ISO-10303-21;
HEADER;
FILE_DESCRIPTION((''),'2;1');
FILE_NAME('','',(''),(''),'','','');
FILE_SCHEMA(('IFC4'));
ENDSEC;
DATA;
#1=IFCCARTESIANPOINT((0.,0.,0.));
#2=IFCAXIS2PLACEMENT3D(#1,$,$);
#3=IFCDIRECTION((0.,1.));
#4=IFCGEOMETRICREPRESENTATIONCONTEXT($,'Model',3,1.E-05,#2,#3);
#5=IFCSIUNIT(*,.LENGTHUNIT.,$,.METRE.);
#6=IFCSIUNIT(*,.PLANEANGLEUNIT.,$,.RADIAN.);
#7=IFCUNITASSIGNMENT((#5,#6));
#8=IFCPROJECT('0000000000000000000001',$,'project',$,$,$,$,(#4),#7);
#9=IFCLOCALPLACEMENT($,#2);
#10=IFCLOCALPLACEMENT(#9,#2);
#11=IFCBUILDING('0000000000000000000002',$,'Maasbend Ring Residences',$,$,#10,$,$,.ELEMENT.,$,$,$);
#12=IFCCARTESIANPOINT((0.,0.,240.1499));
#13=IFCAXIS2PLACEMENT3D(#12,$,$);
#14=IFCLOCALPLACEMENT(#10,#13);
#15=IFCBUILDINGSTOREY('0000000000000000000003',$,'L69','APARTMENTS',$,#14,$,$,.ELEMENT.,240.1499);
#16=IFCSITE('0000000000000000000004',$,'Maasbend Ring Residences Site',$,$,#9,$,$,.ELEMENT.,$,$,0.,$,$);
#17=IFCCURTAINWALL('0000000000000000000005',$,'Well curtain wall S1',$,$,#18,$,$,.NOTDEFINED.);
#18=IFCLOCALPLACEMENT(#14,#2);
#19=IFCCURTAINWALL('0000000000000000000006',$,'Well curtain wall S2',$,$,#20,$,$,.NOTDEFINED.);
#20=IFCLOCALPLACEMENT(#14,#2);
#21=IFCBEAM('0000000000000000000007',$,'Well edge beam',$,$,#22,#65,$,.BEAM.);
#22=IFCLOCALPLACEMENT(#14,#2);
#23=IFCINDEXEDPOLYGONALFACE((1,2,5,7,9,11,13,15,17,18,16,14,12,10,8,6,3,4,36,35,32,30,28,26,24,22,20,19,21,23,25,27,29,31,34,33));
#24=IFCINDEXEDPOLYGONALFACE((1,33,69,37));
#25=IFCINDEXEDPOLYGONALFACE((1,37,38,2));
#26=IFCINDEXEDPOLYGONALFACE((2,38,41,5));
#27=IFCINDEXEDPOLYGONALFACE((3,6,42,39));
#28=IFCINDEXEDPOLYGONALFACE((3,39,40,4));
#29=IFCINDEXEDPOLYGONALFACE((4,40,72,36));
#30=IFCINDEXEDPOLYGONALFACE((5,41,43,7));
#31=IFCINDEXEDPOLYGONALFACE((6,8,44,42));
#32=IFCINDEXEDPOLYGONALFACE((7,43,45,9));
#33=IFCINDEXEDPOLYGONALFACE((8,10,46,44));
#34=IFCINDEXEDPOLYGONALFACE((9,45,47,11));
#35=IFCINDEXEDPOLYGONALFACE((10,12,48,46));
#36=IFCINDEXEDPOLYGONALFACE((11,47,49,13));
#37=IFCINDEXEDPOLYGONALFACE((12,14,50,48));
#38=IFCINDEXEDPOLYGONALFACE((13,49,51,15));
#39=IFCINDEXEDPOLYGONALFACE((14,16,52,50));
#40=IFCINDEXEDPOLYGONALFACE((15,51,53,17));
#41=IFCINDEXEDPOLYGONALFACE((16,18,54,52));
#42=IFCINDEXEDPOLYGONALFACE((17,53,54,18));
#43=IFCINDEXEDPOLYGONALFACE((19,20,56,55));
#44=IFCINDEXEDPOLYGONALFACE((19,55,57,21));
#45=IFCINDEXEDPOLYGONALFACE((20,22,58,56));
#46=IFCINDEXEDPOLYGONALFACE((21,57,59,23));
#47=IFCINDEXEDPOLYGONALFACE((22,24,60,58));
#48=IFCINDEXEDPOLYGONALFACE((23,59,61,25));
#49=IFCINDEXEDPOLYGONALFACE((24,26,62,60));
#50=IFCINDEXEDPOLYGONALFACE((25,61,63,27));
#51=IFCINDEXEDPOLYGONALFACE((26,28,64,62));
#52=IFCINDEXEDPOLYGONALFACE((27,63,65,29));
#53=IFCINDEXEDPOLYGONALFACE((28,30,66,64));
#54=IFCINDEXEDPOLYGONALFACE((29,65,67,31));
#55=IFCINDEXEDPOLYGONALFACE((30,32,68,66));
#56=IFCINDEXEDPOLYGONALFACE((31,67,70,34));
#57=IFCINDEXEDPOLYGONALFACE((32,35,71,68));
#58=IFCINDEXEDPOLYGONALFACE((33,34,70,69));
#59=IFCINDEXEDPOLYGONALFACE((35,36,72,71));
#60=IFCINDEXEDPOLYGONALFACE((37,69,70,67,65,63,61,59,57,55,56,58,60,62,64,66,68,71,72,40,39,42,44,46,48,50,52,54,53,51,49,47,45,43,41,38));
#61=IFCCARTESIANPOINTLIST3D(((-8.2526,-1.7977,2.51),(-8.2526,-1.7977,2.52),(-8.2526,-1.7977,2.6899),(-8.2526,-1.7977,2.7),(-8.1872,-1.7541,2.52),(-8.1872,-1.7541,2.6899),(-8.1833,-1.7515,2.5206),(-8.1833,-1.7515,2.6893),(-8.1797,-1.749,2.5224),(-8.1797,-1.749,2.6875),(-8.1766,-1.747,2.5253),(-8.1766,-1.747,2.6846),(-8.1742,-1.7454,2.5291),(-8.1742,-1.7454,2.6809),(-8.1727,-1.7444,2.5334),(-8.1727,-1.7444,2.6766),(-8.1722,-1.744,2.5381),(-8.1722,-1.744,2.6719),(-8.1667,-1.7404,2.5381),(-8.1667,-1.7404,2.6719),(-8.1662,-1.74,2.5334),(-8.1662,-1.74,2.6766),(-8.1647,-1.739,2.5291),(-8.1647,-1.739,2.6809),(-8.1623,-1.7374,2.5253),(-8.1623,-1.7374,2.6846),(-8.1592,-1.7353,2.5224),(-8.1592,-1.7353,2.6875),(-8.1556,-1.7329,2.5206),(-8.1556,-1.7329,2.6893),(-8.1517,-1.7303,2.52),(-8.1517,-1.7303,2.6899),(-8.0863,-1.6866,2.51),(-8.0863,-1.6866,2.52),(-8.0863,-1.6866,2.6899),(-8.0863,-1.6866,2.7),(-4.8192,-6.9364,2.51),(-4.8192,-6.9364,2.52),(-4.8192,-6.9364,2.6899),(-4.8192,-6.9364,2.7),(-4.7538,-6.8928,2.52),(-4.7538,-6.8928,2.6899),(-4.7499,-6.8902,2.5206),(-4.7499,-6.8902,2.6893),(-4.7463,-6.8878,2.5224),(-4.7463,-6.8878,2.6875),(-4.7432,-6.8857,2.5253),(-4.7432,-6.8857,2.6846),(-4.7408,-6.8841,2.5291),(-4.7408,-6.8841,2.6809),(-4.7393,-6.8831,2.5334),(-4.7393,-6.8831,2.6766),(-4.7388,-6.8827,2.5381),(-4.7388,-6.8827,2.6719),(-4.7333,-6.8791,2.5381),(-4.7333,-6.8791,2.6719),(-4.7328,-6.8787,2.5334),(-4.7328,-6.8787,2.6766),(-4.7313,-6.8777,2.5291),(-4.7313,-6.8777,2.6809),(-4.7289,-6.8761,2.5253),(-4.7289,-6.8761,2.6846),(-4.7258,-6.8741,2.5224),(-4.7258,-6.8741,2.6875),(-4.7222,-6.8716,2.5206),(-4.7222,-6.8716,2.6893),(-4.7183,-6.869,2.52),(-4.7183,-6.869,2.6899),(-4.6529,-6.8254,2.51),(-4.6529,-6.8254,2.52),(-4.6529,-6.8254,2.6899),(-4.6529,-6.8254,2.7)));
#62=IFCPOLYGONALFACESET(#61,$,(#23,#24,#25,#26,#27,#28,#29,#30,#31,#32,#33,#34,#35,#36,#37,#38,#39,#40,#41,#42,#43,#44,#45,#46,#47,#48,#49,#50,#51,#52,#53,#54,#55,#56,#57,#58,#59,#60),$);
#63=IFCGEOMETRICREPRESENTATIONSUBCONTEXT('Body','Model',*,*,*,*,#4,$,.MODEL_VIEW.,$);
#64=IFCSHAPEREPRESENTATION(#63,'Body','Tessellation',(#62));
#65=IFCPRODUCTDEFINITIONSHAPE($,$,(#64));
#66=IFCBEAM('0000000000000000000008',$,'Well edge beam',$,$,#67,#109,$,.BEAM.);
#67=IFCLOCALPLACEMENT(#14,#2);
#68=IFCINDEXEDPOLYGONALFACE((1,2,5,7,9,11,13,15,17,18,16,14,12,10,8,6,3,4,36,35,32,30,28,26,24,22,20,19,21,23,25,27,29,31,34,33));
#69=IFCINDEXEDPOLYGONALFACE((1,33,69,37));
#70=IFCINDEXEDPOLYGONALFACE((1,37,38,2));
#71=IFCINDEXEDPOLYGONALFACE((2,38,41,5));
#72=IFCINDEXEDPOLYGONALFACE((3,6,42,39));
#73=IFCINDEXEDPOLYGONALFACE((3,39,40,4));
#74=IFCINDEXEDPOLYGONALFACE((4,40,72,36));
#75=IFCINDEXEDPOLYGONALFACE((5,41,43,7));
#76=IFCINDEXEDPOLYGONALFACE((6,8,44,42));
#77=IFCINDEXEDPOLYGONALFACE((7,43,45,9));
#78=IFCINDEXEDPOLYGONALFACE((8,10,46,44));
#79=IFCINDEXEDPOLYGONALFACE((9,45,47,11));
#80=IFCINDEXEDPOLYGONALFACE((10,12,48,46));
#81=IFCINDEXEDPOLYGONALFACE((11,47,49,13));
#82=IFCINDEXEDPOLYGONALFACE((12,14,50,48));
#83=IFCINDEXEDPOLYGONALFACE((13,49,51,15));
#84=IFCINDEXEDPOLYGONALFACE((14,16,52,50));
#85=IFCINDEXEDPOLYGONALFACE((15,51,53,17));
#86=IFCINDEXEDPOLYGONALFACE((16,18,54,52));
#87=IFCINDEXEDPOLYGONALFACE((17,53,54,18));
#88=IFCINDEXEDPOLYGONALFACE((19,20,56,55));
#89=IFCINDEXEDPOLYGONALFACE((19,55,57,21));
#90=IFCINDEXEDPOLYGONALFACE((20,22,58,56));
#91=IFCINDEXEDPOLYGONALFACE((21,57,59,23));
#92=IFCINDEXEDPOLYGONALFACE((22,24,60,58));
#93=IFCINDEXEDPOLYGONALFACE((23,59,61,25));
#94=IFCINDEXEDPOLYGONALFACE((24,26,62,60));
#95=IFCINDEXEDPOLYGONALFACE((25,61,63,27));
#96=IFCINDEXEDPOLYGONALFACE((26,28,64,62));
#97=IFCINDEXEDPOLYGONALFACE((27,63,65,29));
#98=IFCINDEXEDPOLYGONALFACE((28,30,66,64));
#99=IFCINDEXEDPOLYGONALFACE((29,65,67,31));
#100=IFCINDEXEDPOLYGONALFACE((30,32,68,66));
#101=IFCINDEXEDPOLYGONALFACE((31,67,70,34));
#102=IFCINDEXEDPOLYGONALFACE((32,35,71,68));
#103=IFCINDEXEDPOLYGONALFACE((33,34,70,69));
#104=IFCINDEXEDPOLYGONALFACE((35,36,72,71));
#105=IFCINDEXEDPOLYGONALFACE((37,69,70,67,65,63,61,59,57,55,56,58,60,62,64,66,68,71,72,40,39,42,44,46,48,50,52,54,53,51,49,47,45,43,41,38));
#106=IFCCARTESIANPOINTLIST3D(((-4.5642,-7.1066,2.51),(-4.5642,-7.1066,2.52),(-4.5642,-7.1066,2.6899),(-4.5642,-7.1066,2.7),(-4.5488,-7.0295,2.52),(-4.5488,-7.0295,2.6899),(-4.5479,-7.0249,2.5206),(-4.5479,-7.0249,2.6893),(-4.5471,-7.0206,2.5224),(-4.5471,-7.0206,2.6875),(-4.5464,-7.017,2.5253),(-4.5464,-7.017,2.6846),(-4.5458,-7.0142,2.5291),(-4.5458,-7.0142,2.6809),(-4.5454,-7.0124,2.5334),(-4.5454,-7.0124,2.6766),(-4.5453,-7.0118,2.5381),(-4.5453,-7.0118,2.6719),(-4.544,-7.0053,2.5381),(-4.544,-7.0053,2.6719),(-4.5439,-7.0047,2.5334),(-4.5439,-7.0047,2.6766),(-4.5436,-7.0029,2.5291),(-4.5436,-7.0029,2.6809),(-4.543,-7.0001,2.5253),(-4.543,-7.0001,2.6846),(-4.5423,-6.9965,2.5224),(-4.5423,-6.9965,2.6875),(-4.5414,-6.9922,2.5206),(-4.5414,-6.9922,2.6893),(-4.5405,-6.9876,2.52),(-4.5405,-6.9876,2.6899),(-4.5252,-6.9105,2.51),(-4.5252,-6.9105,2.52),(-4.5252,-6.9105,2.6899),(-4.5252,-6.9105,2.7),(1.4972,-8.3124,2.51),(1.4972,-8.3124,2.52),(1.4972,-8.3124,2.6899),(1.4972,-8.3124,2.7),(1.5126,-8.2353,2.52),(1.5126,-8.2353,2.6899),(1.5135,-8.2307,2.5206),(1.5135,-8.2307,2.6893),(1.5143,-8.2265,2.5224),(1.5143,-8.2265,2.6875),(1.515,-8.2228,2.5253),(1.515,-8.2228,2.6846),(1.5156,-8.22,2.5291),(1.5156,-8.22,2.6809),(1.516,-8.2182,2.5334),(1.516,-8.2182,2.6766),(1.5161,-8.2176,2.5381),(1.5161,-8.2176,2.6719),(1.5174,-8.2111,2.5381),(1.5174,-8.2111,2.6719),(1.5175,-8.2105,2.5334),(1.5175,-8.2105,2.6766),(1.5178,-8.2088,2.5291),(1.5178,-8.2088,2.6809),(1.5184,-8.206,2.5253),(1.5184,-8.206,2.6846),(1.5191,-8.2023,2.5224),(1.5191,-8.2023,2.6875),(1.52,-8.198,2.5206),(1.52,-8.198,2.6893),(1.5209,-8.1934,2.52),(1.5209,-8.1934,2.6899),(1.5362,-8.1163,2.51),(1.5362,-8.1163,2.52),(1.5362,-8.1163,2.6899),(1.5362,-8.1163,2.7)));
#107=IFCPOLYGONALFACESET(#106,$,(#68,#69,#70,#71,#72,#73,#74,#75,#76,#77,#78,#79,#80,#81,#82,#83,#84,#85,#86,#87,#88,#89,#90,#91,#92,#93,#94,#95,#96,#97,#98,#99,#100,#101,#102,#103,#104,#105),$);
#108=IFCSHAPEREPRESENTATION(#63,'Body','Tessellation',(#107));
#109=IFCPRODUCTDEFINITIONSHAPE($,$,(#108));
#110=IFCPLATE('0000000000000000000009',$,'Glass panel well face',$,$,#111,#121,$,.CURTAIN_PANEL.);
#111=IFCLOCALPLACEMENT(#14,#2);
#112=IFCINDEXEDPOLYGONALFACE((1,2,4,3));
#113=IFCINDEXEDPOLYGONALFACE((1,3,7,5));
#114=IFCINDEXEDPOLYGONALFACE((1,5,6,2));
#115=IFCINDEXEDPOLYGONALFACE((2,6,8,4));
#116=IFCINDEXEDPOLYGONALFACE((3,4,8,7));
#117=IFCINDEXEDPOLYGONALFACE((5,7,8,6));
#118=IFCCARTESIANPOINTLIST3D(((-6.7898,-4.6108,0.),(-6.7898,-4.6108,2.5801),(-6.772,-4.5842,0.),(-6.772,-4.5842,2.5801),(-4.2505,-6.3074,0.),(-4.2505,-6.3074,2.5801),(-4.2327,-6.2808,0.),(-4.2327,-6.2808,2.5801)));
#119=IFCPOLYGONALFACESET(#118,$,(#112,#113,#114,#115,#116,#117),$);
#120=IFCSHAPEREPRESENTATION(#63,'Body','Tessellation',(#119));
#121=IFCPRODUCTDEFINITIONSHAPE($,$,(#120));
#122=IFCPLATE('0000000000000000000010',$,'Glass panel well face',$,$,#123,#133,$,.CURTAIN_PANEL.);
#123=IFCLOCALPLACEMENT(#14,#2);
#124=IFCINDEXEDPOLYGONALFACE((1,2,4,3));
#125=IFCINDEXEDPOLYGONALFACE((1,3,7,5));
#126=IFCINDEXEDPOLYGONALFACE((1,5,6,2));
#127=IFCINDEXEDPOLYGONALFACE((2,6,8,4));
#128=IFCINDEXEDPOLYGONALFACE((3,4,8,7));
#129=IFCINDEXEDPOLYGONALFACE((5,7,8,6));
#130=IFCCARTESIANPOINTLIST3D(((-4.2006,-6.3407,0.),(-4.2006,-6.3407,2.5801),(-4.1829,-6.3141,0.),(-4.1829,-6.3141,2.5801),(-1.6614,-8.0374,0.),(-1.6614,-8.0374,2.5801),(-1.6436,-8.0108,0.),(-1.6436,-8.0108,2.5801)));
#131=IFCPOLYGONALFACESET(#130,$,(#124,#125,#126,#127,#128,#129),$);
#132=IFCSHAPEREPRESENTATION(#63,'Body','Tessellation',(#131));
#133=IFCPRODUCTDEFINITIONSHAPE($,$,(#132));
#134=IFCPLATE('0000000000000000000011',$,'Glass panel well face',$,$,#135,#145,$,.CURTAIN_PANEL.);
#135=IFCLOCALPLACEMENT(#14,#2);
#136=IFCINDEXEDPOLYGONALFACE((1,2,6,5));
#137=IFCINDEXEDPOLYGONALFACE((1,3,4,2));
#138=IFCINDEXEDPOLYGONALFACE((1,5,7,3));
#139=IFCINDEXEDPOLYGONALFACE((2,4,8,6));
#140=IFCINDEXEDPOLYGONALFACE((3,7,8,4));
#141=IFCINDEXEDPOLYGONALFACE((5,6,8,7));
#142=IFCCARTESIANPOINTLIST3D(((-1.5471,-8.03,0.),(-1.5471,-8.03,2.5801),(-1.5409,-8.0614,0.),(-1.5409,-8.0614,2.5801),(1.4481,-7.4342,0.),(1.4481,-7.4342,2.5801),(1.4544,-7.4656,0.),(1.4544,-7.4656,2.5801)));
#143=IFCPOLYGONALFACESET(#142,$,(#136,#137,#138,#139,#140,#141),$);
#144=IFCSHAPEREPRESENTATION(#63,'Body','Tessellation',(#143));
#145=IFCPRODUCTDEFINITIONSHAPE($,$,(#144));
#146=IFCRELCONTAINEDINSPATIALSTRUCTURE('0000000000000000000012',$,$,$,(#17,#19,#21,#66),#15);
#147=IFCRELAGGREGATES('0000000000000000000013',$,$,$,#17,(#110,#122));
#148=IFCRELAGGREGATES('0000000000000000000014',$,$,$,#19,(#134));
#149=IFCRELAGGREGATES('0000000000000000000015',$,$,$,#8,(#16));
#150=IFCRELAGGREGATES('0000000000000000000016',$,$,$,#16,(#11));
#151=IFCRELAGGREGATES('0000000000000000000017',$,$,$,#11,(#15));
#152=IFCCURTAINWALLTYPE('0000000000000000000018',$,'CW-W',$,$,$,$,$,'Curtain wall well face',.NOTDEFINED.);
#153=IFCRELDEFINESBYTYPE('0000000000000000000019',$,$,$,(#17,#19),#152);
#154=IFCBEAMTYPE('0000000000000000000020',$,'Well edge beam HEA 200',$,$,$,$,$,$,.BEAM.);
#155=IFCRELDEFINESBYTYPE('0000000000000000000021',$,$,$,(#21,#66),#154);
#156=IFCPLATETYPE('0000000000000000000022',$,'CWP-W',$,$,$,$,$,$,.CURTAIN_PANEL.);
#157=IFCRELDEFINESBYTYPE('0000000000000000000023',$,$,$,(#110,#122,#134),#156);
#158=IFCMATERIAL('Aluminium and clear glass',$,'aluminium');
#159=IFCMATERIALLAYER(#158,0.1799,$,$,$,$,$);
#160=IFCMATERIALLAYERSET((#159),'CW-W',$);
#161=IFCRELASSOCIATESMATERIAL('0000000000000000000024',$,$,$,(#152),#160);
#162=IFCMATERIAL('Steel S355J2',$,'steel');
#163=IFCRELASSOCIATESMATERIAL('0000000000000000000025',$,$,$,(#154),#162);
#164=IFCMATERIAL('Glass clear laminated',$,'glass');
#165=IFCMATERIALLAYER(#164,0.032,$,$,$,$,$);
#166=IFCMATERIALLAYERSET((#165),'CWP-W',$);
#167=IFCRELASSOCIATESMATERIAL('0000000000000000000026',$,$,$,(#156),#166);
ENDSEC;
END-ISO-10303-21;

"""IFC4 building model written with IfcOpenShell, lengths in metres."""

from ifc_helpers import new_model, si_unit, direction, frame, origin, origin_2d, place, context, subcontext, project, spatial, rectangle, i_section, extrude, material, layer, layer_set, material_profile, profile_set, type_object, element, aggregate, save


model = new_model("IFC4")

# Units and contexts
model_context = context("Model", 3, precision=1e-05, world=origin(), true_north=direction((0.0, 1.0)))
body_context = subcontext(model_context, "Body", "Model", "MODEL_VIEW")
ifc_project = project(units=[si_unit("LENGTHUNIT", "METRE"), si_unit("PLANEANGLEUNIT", "RADIAN")], contexts=[model_context])

# Site, building, storey
site_placement = place(None, origin())
site = spatial("IfcSite", under=ifc_project, at=site_placement, Name="Maasbend Ring Residences Site", CompositionType="ELEMENT", RefElevation=0.0)
building_placement = place(site_placement, origin())
building = spatial("IfcBuilding", under=site, at=building_placement, Name="Maasbend Ring Residences", CompositionType="ELEMENT")
storey_placement = place(building_placement, frame((0.0, 0.0, 240.1499)))
storey = spatial("IfcBuildingStorey", under=building, at=storey_placement, Name="L69", Description="APARTMENTS", CompositionType="ELEMENT", Elevation=240.1499)

# Curtain wall
ifc_material_1 = material(Name="Aluminium and clear glass", Category="aluminium")
ifc_layer_1 = layer(ifc_material_1, 0.1799)
ifc_layer_set_1 = layer_set([ifc_layer_1], Name="CW-W")
curtain_wall_type = type_object("IfcCurtainWallType", Name="CW-W", ElementType="Curtain wall well face", PredefinedType="NOTDEFINED", material=ifc_layer_set_1)
curtain_wall_1_placement = place(storey_placement, origin())
curtain_wall_1 = element("IfcCurtainWall", 1, at=curtain_wall_1_placement, inside=storey, type_object=curtain_wall_type, Name="Well curtain wall S1", PredefinedType="NOTDEFINED")

# Curtain wall
curtain_wall_2_placement = place(storey_placement, origin())
curtain_wall_2 = element("IfcCurtainWall", 2, at=curtain_wall_2_placement, inside=storey, type_object=curtain_wall_type, Name="Well curtain wall S2", PredefinedType="NOTDEFINED")

# Beams
ifc_material_2 = material(Name="Steel S355J2", Category="steel")
ifc_material_profile_1 = material_profile(ifc_material_2, i_section(OverallWidth=0.2, OverallDepth=0.1899, WebThickness=0.0066, FlangeThickness=0.01, FilletRadius=0.0181, at=origin_2d()), Name="HEA 200")
ifc_profile_set_1 = profile_set([ifc_material_profile_1], Name="Steel S355J2")
beam_type = type_object("IfcBeamType", Name="Well edge beam HEA 200", PredefinedType="BEAM", material=ifc_profile_set_1)
for number, where, z_axis, x_axis, name in (
    (3, (-8.1694, -1.7422, 2.605), (0.555548, -0.831485, 0.0), (0.831485, 0.555548, 0.0), "Well edge beam"),
    (4, (-4.5447, -7.0085, 2.605), (0.980781, -0.195113, 0.0), (0.195113, 0.980781, 0.0), "Well edge beam"),
):
    element("IfcBeam", number, at=place(storey_placement, frame(where, z_axis=z_axis, x_axis=x_axis)), inside=storey, type_object=beam_type, Name=name, PredefinedType="BEAM", context=body_context, shape_type="SweptSolid", body=[
        extrude(i_section(OverallWidth=0.2, OverallDepth=0.1899, WebThickness=0.0066, FlangeThickness=0.01, FilletRadius=0.0181, at=origin_2d()), origin(), (0.0, 0.0, 1.0), 6.1802),
    ])

# Plates
ifc_material_3 = material(Name="Glass clear laminated", Category="glass")
ifc_layer_2 = layer(ifc_material_3, 0.032)
ifc_layer_set_2 = layer_set([ifc_layer_2], Name="CWP-W")
plate_type = type_object("IfcPlateType", Name="CWP-W", PredefinedType="CURTAIN_PANEL", material=ifc_layer_set_2)
plate_1_placement = place(storey_placement, frame((-5.5112, -5.4458, 0.0), z_axis=(0.0, 0.0, 1.0), x_axis=(0.83147, -0.55557, 0.0)))
plate_1 = element("IfcPlate", 5, at=plate_1_placement, type_object=plate_type, Name="Glass panel well face", PredefinedType="CURTAIN_PANEL", context=body_context, shape_type="SweptSolid", body=[
    extrude(rectangle(XDim=3.054, YDim=0.032, at=origin_2d()), origin(), (0.0, 0.0, 1.0), 2.5801),
])
plate_2_placement = place(storey_placement, frame((-2.9221, -7.1758, 0.0), z_axis=(0.0, 0.0, 1.0), x_axis=(0.83147, -0.55557, 0.0)))
plate_2 = element("IfcPlate", 6, at=plate_2_placement, type_object=plate_type, Name="Glass panel well face", PredefinedType="CURTAIN_PANEL", context=body_context, shape_type="SweptSolid", body=[
    extrude(rectangle(XDim=3.054, YDim=0.032, at=origin_2d()), origin(), (0.0, 0.0, 1.0), 2.5801),
])
aggregate(curtain_wall_1, [plate_1, plate_2])
plate_3_placement = place(storey_placement, frame((-0.0464, -7.7478, 0.0), z_axis=(0.0, 0.0, 1.0), x_axis=(0.980785, 0.19509, 0.0)))
plate_3 = element("IfcPlate", 7, at=plate_3_placement, type_object=plate_type, Name="Glass panel well face", PredefinedType="CURTAIN_PANEL", context=body_context, shape_type="SweptSolid", body=[
    extrude(rectangle(XDim=3.054, YDim=0.032, at=origin_2d()), origin(), (0.0, 0.0, 1.0), 2.5801),
])
aggregate(curtain_wall_2, [plate_3])

save(model, "model.ifc")
